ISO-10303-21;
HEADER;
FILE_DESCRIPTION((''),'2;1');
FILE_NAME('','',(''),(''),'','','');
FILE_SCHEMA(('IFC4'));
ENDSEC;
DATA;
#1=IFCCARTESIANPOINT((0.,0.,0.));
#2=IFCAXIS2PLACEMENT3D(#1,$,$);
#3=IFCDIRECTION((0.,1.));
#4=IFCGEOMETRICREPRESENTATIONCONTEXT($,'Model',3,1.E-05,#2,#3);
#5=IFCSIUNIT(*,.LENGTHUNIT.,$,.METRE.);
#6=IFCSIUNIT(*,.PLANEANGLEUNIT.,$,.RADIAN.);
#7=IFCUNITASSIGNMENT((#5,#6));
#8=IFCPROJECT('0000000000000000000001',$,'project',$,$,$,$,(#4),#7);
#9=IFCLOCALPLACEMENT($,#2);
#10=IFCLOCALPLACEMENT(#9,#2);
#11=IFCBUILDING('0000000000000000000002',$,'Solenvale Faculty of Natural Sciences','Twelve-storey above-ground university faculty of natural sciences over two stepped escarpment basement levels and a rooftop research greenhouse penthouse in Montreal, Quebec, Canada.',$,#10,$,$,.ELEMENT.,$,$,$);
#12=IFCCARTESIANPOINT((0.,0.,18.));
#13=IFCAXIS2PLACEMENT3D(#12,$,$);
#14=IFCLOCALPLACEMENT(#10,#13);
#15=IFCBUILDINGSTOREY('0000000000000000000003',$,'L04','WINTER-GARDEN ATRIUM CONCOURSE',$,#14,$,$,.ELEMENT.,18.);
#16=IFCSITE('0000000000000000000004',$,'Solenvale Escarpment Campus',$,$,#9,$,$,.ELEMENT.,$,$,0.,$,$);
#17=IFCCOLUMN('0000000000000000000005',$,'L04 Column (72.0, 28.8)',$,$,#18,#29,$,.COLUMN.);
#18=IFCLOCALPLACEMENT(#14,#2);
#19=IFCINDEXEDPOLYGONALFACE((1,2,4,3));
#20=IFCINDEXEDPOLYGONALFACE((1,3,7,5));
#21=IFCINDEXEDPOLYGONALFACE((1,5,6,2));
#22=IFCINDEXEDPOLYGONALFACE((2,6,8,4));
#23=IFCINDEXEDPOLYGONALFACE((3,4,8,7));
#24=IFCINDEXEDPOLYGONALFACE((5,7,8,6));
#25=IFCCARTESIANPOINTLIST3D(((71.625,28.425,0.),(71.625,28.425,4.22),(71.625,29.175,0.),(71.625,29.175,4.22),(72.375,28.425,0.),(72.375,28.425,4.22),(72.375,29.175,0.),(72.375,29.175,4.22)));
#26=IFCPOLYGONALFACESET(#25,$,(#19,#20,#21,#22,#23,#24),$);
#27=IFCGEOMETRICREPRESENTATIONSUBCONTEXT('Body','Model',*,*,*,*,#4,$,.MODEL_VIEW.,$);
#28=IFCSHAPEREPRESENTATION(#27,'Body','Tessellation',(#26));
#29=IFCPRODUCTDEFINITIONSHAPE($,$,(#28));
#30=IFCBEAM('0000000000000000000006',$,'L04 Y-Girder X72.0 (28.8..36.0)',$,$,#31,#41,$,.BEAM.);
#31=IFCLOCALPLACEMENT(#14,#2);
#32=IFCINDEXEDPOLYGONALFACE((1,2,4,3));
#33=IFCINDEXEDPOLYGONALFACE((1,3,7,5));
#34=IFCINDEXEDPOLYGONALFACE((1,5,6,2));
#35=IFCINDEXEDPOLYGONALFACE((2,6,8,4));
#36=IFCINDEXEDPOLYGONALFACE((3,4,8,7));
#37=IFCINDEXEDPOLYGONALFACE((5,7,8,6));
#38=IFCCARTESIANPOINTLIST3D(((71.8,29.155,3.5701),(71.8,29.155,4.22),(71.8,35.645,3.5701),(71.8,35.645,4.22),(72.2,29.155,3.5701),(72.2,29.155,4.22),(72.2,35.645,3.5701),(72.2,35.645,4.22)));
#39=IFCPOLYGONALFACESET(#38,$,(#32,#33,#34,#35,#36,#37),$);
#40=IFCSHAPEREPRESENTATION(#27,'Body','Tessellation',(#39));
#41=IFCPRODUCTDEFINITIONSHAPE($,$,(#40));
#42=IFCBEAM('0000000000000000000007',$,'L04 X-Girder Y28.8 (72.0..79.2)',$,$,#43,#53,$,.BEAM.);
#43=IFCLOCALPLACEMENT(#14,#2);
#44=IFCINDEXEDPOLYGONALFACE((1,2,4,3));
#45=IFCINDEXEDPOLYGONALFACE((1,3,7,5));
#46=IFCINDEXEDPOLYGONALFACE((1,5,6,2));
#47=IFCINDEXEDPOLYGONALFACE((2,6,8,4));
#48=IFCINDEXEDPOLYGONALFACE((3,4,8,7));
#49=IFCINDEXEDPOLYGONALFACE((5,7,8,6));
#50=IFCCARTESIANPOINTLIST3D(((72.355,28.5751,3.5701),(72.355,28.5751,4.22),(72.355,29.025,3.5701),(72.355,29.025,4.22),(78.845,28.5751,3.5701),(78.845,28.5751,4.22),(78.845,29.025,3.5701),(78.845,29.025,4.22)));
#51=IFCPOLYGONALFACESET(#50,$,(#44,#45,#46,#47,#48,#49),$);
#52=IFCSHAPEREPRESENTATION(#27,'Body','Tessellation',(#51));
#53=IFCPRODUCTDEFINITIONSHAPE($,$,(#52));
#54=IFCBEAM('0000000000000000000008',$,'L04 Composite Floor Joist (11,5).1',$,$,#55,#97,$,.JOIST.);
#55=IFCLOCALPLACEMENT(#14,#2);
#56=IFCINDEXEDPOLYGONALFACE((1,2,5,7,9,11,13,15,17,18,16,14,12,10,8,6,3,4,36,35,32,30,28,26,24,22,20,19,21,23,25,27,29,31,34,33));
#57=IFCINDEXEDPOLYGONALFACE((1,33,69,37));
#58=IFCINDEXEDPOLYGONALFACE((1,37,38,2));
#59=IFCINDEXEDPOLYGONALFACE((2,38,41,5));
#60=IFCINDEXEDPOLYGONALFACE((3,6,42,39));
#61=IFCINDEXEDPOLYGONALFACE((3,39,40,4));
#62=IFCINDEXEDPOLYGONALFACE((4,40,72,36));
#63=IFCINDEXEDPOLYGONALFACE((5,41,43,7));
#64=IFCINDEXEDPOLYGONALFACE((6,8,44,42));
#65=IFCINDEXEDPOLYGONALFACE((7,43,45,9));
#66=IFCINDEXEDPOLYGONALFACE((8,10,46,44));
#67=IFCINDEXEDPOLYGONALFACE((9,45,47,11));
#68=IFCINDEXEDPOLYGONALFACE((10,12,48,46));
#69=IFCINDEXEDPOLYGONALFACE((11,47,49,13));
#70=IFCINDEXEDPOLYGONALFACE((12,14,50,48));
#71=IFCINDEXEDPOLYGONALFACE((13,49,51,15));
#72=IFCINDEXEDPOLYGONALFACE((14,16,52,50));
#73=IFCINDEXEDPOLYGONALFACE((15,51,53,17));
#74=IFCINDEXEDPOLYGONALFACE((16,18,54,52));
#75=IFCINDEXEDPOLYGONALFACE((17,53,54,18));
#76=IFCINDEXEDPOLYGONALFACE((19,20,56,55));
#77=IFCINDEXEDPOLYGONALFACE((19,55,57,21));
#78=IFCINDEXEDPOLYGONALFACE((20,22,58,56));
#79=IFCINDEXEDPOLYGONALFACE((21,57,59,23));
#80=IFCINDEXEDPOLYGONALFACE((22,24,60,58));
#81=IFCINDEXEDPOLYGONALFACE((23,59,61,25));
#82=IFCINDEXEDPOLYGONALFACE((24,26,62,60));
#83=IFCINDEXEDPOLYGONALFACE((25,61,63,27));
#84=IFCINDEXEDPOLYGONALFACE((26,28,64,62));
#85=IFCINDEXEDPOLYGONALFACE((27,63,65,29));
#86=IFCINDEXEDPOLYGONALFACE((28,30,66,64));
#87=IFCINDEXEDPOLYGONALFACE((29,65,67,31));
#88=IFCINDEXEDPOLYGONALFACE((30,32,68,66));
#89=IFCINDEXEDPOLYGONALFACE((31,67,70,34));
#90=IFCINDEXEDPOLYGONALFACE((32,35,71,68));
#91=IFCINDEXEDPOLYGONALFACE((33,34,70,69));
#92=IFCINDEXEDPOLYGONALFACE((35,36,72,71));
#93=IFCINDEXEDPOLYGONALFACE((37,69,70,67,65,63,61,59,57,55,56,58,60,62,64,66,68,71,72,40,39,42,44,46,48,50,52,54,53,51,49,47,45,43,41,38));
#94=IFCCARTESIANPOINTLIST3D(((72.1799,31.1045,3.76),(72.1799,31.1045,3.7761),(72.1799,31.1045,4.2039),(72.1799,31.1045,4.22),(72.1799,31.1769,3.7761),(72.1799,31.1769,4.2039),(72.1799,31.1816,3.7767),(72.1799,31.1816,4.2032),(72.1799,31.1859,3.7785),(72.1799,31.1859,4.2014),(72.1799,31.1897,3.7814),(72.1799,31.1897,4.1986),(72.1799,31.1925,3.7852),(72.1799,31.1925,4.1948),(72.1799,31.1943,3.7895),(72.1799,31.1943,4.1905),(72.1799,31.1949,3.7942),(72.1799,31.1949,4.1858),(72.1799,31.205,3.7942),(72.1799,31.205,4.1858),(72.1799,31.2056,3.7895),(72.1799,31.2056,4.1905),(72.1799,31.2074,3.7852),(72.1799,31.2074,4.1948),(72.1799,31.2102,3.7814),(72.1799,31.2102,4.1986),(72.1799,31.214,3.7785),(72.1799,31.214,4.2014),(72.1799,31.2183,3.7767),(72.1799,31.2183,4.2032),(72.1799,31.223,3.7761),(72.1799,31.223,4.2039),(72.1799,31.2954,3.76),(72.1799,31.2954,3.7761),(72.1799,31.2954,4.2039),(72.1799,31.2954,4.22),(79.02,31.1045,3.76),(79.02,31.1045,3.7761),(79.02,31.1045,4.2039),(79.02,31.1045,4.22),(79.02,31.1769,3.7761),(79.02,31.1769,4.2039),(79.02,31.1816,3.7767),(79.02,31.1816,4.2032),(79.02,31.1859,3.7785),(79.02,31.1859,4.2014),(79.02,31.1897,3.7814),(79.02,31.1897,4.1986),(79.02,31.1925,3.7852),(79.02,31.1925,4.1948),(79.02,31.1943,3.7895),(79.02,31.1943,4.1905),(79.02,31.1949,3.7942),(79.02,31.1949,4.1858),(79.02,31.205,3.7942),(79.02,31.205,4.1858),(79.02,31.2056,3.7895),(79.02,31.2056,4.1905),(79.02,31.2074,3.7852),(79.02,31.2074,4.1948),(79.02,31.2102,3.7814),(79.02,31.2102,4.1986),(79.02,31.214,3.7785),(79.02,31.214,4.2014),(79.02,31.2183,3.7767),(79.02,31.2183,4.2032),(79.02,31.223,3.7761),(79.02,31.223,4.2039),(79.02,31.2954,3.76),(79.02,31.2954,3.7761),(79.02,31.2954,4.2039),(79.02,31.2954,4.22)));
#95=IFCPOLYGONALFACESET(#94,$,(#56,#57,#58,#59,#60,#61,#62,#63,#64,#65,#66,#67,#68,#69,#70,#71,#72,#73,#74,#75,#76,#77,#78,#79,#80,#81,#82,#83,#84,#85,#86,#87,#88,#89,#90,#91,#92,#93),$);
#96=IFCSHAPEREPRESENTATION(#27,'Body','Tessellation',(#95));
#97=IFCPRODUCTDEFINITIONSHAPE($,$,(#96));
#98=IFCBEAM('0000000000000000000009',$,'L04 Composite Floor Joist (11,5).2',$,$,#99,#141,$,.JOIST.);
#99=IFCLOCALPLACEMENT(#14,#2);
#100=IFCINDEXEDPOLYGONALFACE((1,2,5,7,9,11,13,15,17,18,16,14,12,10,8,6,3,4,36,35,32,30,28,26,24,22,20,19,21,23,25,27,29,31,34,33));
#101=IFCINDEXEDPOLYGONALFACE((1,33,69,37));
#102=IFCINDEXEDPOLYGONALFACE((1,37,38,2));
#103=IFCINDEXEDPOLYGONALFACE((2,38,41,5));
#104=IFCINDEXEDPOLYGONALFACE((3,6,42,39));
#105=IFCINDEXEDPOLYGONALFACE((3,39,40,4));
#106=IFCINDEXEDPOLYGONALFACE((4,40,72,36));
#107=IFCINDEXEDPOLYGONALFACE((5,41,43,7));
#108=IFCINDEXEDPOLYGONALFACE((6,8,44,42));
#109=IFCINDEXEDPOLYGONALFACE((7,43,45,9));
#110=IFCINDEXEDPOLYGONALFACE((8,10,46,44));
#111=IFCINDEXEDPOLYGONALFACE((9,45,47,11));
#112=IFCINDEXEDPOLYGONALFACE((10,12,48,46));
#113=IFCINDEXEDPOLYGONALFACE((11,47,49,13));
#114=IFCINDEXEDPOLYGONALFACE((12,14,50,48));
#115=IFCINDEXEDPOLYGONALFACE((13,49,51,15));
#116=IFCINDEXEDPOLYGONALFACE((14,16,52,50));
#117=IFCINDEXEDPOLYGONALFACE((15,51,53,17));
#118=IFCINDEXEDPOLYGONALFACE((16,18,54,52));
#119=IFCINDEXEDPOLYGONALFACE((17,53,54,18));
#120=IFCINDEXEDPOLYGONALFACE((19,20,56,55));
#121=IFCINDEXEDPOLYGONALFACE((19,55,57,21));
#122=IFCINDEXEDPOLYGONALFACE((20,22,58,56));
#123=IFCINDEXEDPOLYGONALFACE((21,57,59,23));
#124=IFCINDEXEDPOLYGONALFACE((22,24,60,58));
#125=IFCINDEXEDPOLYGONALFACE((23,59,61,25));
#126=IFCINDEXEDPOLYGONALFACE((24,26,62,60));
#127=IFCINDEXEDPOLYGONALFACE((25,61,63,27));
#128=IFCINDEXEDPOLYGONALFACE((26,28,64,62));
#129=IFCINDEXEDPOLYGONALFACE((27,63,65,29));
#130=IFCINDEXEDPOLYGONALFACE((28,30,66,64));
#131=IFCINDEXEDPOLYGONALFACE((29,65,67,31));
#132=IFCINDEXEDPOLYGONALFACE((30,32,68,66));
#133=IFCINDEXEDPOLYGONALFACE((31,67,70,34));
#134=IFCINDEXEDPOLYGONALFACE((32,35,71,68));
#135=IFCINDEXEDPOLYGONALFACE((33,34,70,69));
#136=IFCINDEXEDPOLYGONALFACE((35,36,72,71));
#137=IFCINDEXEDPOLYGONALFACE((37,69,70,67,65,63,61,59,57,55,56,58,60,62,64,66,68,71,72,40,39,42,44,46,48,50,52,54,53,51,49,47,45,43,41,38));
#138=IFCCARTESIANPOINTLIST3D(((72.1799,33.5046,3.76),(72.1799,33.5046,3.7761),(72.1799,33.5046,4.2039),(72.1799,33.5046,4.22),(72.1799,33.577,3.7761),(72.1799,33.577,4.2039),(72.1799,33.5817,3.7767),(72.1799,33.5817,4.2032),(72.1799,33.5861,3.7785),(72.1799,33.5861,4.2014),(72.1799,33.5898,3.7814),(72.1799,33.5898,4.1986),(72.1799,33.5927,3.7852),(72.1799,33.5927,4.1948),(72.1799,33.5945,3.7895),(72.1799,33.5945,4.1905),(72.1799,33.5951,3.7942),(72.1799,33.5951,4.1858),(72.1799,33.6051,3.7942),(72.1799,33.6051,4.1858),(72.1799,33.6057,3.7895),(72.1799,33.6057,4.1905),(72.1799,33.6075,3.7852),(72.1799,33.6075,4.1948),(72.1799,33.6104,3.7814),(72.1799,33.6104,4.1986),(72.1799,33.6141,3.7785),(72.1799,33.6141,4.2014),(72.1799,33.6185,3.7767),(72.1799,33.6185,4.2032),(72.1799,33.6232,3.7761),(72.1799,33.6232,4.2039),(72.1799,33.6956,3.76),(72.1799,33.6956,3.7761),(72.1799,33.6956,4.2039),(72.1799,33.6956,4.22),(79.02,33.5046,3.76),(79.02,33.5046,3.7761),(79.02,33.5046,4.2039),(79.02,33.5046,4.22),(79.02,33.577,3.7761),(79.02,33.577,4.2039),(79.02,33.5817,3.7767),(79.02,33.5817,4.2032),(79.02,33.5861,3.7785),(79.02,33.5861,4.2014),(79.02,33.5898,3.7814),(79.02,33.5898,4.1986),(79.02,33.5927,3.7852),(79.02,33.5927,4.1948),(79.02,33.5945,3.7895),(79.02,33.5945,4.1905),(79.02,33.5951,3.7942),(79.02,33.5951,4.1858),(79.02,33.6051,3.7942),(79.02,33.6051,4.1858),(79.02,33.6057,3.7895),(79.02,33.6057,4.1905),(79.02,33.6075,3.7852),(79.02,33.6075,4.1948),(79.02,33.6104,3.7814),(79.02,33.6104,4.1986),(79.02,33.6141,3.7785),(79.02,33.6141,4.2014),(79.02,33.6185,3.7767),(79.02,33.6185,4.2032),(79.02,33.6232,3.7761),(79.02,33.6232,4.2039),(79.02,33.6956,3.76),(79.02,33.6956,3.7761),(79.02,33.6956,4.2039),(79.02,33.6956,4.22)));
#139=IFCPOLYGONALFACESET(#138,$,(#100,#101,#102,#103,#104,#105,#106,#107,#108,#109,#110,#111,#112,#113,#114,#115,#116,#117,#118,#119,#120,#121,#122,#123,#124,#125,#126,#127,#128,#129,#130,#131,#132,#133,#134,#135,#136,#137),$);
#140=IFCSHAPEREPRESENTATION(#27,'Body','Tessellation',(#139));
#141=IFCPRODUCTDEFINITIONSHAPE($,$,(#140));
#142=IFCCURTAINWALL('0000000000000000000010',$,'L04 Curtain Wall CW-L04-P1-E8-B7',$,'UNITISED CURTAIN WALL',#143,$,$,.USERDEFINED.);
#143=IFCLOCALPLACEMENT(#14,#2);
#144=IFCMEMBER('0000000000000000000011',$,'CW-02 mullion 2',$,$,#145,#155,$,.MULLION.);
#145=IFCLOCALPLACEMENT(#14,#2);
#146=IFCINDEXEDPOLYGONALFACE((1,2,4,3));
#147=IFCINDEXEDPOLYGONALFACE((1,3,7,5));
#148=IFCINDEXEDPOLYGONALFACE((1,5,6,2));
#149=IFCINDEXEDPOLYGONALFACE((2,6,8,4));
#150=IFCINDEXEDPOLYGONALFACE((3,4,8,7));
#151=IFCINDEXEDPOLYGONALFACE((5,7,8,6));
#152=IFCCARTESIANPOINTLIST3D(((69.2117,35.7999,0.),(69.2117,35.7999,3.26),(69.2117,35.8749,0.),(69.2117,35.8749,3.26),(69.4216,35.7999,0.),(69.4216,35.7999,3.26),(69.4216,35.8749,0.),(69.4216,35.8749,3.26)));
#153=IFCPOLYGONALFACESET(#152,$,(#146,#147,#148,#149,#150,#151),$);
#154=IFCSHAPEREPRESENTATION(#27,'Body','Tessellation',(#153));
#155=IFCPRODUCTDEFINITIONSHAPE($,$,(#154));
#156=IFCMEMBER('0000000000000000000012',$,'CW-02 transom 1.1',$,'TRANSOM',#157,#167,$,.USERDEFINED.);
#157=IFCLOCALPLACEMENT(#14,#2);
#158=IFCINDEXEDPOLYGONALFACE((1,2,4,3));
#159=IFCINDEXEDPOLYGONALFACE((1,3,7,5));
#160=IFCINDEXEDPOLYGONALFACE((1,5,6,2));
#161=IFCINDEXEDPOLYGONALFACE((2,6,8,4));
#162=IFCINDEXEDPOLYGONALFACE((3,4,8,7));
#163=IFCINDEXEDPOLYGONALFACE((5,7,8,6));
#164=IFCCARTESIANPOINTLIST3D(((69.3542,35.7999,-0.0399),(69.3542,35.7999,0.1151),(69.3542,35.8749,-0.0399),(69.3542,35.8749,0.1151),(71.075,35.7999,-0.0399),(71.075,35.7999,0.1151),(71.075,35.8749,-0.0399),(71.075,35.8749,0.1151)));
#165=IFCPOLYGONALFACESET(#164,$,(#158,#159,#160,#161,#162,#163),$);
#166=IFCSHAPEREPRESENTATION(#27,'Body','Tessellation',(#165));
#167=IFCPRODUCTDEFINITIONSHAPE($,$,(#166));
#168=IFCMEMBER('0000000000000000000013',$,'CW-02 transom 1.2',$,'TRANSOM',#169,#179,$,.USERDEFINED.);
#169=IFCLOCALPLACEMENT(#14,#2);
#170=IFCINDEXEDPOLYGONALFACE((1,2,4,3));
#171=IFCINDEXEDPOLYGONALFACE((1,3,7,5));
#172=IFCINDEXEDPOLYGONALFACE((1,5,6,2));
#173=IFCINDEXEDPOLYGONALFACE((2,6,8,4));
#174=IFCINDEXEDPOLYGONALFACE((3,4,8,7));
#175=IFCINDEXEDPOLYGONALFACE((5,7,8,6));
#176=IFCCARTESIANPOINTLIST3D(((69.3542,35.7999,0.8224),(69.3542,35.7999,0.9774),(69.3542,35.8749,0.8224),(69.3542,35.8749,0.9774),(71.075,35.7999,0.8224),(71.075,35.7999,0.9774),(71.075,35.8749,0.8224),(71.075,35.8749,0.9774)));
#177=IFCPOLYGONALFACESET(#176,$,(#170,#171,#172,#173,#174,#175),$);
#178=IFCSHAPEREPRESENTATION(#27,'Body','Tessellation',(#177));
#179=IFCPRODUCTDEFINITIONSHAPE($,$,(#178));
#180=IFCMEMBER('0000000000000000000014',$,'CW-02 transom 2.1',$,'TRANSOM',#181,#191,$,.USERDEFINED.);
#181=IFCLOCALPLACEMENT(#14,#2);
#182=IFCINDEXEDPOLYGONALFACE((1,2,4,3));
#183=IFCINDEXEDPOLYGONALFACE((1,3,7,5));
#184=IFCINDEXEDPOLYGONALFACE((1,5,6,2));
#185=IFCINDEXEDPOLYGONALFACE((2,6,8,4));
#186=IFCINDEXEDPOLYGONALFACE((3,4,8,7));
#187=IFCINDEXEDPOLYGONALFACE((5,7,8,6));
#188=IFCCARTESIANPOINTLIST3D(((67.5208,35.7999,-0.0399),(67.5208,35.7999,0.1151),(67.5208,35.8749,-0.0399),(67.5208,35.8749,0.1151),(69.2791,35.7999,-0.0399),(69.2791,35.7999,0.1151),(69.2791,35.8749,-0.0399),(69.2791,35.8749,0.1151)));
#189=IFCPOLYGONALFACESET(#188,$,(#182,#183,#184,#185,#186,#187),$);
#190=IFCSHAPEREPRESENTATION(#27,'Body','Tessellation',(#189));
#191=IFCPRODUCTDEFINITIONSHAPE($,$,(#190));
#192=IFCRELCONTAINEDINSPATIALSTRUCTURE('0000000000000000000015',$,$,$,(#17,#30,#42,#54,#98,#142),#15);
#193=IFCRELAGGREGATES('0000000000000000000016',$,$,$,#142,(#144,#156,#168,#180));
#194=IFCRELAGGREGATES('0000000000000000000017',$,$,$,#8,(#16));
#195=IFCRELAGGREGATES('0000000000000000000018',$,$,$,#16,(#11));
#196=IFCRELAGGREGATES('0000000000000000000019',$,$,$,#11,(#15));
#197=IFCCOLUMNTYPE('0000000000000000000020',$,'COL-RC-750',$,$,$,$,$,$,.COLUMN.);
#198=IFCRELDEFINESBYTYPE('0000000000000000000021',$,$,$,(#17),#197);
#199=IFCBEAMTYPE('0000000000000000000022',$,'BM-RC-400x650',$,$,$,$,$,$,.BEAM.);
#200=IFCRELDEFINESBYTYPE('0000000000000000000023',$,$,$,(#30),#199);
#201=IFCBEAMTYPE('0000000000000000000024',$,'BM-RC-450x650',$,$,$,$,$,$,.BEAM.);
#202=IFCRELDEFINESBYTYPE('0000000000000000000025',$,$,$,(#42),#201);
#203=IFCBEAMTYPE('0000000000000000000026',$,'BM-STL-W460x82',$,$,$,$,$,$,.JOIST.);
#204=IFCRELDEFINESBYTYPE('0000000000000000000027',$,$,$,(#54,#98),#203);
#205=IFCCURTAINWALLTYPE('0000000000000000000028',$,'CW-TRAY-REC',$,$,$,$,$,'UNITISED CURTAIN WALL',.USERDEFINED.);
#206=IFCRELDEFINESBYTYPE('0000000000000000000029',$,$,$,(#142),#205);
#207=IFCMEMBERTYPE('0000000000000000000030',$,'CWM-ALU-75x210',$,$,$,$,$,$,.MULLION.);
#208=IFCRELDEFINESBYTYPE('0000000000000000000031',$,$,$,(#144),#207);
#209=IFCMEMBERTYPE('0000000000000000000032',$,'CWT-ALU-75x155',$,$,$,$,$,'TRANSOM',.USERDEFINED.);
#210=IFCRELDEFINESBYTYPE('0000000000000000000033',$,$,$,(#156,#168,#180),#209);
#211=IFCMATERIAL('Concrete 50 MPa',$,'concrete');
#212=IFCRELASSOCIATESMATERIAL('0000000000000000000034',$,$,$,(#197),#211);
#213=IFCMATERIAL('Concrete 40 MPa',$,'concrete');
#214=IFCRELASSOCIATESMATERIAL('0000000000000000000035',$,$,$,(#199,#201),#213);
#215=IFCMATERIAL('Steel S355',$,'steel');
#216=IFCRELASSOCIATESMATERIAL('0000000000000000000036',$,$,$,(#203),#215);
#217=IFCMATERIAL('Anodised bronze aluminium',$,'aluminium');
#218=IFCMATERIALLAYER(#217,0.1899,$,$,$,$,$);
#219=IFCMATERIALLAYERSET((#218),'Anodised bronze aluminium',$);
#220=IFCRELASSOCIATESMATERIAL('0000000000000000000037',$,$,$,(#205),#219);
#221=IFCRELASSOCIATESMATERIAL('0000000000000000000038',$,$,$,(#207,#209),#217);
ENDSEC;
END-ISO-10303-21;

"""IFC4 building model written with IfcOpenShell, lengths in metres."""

from ifc_helpers import new_model, si_unit, direction, frame, origin, origin_2d, place, context, subcontext, project, spatial, rectangle, i_section, extrude, material, layer, layer_set, material_profile, profile_set, type_object, element, aggregate, save


model = new_model("IFC4")

# Units and contexts
model_context = context("Model", 3, precision=1e-05, world=origin(), true_north=direction((0.0, 1.0)))
body_context = subcontext(model_context, "Body", "Model", "MODEL_VIEW")
ifc_project = project(units=[si_unit("LENGTHUNIT", "METRE"), si_unit("PLANEANGLEUNIT", "RADIAN")], contexts=[model_context])

# Site, building, storey
site_placement = place(None, origin())
site = spatial("IfcSite", under=ifc_project, at=site_placement, Name="Solenvale Escarpment Campus", CompositionType="ELEMENT", RefElevation=0.0)
building_placement = place(site_placement, origin())
building = spatial("IfcBuilding", under=site, at=building_placement, Name="Solenvale Faculty of Natural Sciences", Description="Twelve-storey above-ground university faculty of natural sciences over two stepped escarpment basement levels and a rooftop research greenhouse penthouse in Montreal, Quebec, Canada.", CompositionType="ELEMENT")
storey_placement = place(building_placement, frame((0.0, 0.0, 18.0)))
storey = spatial("IfcBuildingStorey", under=building, at=storey_placement, Name="L04", Description="WINTER-GARDEN ATRIUM CONCOURSE", CompositionType="ELEMENT", Elevation=18.0)

# Column
ifc_material_1 = material(Name="Concrete 50 MPa", Category="concrete")
ifc_material_profile_1 = material_profile(ifc_material_1, rectangle(XDim=0.75, YDim=0.75, at=origin_2d()), Name="RC-COL-750x750")
ifc_profile_set_1 = profile_set([ifc_material_profile_1], Name="Concrete 50 MPa")
column_type = type_object("IfcColumnType", Name="COL-RC-750", PredefinedType="COLUMN", material=ifc_profile_set_1)
column_placement = place(storey_placement, frame((72.0, 28.8, 0.0), z_axis=(0.0, 0.0, 1.0), x_axis=(1.0, 0.0, 0.0)))
element("IfcColumn", 1, at=column_placement, inside=storey, type_object=column_type, Name="L04 Column (72.0, 28.8)", PredefinedType="COLUMN", context=body_context, shape_type="SweptSolid", body=[
    extrude(rectangle(XDim=0.75, YDim=0.75, at=origin_2d()), origin(), (0.0, 0.0, 1.0), 4.22),
])

# Beams
ifc_material_2 = material(Name="Concrete 40 MPa", Category="concrete")
ifc_material_profile_2 = material_profile(ifc_material_2, rectangle(XDim=0.3999, YDim=0.6499, at=origin_2d()), Name="RC-BM-400x650")
ifc_profile_set_2 = profile_set([ifc_material_profile_2], Name="Concrete 40 MPa")
beam_type_1 = type_object("IfcBeamType", Name="BM-RC-400x650", PredefinedType="BEAM", material=ifc_profile_set_2)
beam_1_placement = place(storey_placement, frame((72.0, 29.155, 3.895), z_axis=(0.0, 1.0, 0.0), x_axis=(-1.0, 0.0, 0.0)))
element("IfcBeam", 2, at=beam_1_placement, inside=storey, type_object=beam_type_1, Name="L04 Y-Girder X72.0 (28.8..36.0)", PredefinedType="BEAM", context=body_context, shape_type="SweptSolid", body=[
    extrude(rectangle(XDim=0.3999, YDim=0.6499, at=origin_2d()), origin(), (0.0, 0.0, 1.0), 6.49),
])
ifc_material_profile_3 = material_profile(ifc_material_2, rectangle(XDim=0.45, YDim=0.6499, at=origin_2d()), Name="RC-BM-450x650")
ifc_profile_set_3 = profile_set([ifc_material_profile_3], Name="Concrete 40 MPa")
beam_type_2 = type_object("IfcBeamType", Name="BM-RC-450x650", PredefinedType="BEAM", material=ifc_profile_set_3)
beam_2_placement = place(storey_placement, frame((72.355, 28.8, 3.895), z_axis=(1.0, 0.0, 0.0), x_axis=(0.0, 1.0, 0.0)))
element("IfcBeam", 3, at=beam_2_placement, inside=storey, type_object=beam_type_2, Name="L04 X-Girder Y28.8 (72.0..79.2)", PredefinedType="BEAM", context=body_context, shape_type="SweptSolid", body=[
    extrude(rectangle(XDim=0.45, YDim=0.6499, at=origin_2d()), origin(), (0.0, 0.0, 1.0), 6.49),
])
ifc_material_3 = material(Name="Steel S355", Category="steel")
ifc_material_profile_4 = material_profile(ifc_material_3, i_section(OverallWidth=0.1909, OverallDepth=0.46, WebThickness=0.01, FlangeThickness=0.0161, FilletRadius=0.0181, at=origin_2d()), Name="W460x82")
ifc_profile_set_4 = profile_set([ifc_material_profile_4], Name="Steel S355")
beam_type_3 = type_object("IfcBeamType", Name="BM-STL-W460x82", PredefinedType="JOIST", material=ifc_profile_set_4)
for number, where, z_axis, x_axis, name in (
    (4, (72.1799, 31.2, 3.99), (1.0, 0.0, 0.0), (0.0, 1.0, 0.0), "L04 Composite Floor Joist (11,5).1"),
    (5, (72.1799, 33.6001, 3.99), (1.0, 0.0, 0.0), (0.0, 1.0, 0.0), "L04 Composite Floor Joist (11,5).2"),
):
    element("IfcBeam", number, at=place(storey_placement, frame(where, z_axis=z_axis, x_axis=x_axis)), inside=storey, type_object=beam_type_3, Name=name, PredefinedType="JOIST", context=body_context, shape_type="SweptSolid", body=[
        extrude(i_section(OverallWidth=0.1909, OverallDepth=0.46, WebThickness=0.01, FlangeThickness=0.0161, FilletRadius=0.0181, at=origin_2d()), origin(), (0.0, 0.0, 1.0), 6.8401),
    ])

# Curtain wall, members
ifc_material_4 = material(Name="Anodised bronze aluminium", Category="aluminium")
ifc_layer_1 = layer(ifc_material_4, 0.1899)
ifc_layer_set_1 = layer_set([ifc_layer_1], Name="Anodised bronze aluminium")
curtain_wall_type = type_object("IfcCurtainWallType", Name="CW-TRAY-REC", ElementType="UNITISED CURTAIN WALL", PredefinedType="USERDEFINED", material=ifc_layer_set_1)
curtain_wall_placement = place(storey_placement, origin())
curtain_wall = element("IfcCurtainWall", 6, at=curtain_wall_placement, inside=storey, type_object=curtain_wall_type, Name="L04 Curtain Wall CW-L04-P1-E8-B7", ObjectType="UNITISED CURTAIN WALL", PredefinedType="USERDEFINED")
ifc_material_profile_5 = material_profile(ifc_material_4, rectangle(XDim=0.075, YDim=0.21, at=origin_2d()), Name="ALU-MUL-75x210")
ifc_profile_set_5 = profile_set([ifc_material_profile_5], Name="Anodised bronze aluminium")
member_type_1 = type_object("IfcMemberType", Name="CWM-ALU-75x210", PredefinedType="MULLION", material=ifc_profile_set_5)
member_1_placement = place(storey_placement, frame((69.3167, 35.8374, 0.0), z_axis=(0.0, 0.0, 1.0), x_axis=(0.0, -1.0, 0.0)))
member_1 = element("IfcMember", 7, at=member_1_placement, type_object=member_type_1, Name="CW-02 mullion 2", PredefinedType="MULLION", context=body_context, shape_type="SweptSolid", body=[
    extrude(rectangle(XDim=0.075, YDim=0.21, at=origin_2d()), origin(), (0.0, 0.0, 1.0), 3.26),
])
ifc_material_profile_6 = material_profile(ifc_material_4, rectangle(XDim=0.075, YDim=0.155, at=origin_2d()), Name="ALU-TRN-75x155")
ifc_profile_set_6 = profile_set([ifc_material_profile_6], Name="Anodised bronze aluminium")
member_type_2 = type_object("IfcMemberType", Name="CWT-ALU-75x155", ElementType="TRANSOM", PredefinedType="USERDEFINED", material=ifc_profile_set_6)
member_2_placement = place(storey_placement, frame((71.075, 35.8374, 0.0376), z_axis=(-1.0, 0.0, 0.0), x_axis=(0.0, -1.0, 0.0)))
member_2 = element("IfcMember", 8, at=member_2_placement, type_object=member_type_2, Name="CW-02 transom 1.1", ObjectType="TRANSOM", PredefinedType="USERDEFINED", context=body_context, shape_type="SweptSolid", body=[
    extrude(rectangle(XDim=0.075, YDim=0.155, at=origin_2d()), origin(), (0.0, 0.0, 1.0), 1.7207),
])
member_3_placement = place(storey_placement, frame((71.075, 35.8374, 0.8999), z_axis=(-1.0, 0.0, 0.0), x_axis=(0.0, -1.0, 0.0)))
member_3 = element("IfcMember", 9, at=member_3_placement, type_object=member_type_2, Name="CW-02 transom 1.2", ObjectType="TRANSOM", PredefinedType="USERDEFINED", context=body_context, shape_type="SweptSolid", body=[
    extrude(rectangle(XDim=0.075, YDim=0.155, at=origin_2d()), origin(), (0.0, 0.0, 1.0), 1.7207),
])
member_4_placement = place(storey_placement, frame((69.2791, 35.8374, 0.0376), z_axis=(-1.0, 0.0, 0.0), x_axis=(0.0, -1.0, 0.0)))
member_4 = element("IfcMember", 10, at=member_4_placement, type_object=member_type_2, Name="CW-02 transom 2.1", ObjectType="TRANSOM", PredefinedType="USERDEFINED", context=body_context, shape_type="SweptSolid", body=[
    extrude(rectangle(XDim=0.075, YDim=0.155, at=origin_2d()), origin(), (0.0, 0.0, 1.0), 1.7583),
])
aggregate(curtain_wall, [member_1, member_2, member_3, member_4])

save(model, "model.ifc")
